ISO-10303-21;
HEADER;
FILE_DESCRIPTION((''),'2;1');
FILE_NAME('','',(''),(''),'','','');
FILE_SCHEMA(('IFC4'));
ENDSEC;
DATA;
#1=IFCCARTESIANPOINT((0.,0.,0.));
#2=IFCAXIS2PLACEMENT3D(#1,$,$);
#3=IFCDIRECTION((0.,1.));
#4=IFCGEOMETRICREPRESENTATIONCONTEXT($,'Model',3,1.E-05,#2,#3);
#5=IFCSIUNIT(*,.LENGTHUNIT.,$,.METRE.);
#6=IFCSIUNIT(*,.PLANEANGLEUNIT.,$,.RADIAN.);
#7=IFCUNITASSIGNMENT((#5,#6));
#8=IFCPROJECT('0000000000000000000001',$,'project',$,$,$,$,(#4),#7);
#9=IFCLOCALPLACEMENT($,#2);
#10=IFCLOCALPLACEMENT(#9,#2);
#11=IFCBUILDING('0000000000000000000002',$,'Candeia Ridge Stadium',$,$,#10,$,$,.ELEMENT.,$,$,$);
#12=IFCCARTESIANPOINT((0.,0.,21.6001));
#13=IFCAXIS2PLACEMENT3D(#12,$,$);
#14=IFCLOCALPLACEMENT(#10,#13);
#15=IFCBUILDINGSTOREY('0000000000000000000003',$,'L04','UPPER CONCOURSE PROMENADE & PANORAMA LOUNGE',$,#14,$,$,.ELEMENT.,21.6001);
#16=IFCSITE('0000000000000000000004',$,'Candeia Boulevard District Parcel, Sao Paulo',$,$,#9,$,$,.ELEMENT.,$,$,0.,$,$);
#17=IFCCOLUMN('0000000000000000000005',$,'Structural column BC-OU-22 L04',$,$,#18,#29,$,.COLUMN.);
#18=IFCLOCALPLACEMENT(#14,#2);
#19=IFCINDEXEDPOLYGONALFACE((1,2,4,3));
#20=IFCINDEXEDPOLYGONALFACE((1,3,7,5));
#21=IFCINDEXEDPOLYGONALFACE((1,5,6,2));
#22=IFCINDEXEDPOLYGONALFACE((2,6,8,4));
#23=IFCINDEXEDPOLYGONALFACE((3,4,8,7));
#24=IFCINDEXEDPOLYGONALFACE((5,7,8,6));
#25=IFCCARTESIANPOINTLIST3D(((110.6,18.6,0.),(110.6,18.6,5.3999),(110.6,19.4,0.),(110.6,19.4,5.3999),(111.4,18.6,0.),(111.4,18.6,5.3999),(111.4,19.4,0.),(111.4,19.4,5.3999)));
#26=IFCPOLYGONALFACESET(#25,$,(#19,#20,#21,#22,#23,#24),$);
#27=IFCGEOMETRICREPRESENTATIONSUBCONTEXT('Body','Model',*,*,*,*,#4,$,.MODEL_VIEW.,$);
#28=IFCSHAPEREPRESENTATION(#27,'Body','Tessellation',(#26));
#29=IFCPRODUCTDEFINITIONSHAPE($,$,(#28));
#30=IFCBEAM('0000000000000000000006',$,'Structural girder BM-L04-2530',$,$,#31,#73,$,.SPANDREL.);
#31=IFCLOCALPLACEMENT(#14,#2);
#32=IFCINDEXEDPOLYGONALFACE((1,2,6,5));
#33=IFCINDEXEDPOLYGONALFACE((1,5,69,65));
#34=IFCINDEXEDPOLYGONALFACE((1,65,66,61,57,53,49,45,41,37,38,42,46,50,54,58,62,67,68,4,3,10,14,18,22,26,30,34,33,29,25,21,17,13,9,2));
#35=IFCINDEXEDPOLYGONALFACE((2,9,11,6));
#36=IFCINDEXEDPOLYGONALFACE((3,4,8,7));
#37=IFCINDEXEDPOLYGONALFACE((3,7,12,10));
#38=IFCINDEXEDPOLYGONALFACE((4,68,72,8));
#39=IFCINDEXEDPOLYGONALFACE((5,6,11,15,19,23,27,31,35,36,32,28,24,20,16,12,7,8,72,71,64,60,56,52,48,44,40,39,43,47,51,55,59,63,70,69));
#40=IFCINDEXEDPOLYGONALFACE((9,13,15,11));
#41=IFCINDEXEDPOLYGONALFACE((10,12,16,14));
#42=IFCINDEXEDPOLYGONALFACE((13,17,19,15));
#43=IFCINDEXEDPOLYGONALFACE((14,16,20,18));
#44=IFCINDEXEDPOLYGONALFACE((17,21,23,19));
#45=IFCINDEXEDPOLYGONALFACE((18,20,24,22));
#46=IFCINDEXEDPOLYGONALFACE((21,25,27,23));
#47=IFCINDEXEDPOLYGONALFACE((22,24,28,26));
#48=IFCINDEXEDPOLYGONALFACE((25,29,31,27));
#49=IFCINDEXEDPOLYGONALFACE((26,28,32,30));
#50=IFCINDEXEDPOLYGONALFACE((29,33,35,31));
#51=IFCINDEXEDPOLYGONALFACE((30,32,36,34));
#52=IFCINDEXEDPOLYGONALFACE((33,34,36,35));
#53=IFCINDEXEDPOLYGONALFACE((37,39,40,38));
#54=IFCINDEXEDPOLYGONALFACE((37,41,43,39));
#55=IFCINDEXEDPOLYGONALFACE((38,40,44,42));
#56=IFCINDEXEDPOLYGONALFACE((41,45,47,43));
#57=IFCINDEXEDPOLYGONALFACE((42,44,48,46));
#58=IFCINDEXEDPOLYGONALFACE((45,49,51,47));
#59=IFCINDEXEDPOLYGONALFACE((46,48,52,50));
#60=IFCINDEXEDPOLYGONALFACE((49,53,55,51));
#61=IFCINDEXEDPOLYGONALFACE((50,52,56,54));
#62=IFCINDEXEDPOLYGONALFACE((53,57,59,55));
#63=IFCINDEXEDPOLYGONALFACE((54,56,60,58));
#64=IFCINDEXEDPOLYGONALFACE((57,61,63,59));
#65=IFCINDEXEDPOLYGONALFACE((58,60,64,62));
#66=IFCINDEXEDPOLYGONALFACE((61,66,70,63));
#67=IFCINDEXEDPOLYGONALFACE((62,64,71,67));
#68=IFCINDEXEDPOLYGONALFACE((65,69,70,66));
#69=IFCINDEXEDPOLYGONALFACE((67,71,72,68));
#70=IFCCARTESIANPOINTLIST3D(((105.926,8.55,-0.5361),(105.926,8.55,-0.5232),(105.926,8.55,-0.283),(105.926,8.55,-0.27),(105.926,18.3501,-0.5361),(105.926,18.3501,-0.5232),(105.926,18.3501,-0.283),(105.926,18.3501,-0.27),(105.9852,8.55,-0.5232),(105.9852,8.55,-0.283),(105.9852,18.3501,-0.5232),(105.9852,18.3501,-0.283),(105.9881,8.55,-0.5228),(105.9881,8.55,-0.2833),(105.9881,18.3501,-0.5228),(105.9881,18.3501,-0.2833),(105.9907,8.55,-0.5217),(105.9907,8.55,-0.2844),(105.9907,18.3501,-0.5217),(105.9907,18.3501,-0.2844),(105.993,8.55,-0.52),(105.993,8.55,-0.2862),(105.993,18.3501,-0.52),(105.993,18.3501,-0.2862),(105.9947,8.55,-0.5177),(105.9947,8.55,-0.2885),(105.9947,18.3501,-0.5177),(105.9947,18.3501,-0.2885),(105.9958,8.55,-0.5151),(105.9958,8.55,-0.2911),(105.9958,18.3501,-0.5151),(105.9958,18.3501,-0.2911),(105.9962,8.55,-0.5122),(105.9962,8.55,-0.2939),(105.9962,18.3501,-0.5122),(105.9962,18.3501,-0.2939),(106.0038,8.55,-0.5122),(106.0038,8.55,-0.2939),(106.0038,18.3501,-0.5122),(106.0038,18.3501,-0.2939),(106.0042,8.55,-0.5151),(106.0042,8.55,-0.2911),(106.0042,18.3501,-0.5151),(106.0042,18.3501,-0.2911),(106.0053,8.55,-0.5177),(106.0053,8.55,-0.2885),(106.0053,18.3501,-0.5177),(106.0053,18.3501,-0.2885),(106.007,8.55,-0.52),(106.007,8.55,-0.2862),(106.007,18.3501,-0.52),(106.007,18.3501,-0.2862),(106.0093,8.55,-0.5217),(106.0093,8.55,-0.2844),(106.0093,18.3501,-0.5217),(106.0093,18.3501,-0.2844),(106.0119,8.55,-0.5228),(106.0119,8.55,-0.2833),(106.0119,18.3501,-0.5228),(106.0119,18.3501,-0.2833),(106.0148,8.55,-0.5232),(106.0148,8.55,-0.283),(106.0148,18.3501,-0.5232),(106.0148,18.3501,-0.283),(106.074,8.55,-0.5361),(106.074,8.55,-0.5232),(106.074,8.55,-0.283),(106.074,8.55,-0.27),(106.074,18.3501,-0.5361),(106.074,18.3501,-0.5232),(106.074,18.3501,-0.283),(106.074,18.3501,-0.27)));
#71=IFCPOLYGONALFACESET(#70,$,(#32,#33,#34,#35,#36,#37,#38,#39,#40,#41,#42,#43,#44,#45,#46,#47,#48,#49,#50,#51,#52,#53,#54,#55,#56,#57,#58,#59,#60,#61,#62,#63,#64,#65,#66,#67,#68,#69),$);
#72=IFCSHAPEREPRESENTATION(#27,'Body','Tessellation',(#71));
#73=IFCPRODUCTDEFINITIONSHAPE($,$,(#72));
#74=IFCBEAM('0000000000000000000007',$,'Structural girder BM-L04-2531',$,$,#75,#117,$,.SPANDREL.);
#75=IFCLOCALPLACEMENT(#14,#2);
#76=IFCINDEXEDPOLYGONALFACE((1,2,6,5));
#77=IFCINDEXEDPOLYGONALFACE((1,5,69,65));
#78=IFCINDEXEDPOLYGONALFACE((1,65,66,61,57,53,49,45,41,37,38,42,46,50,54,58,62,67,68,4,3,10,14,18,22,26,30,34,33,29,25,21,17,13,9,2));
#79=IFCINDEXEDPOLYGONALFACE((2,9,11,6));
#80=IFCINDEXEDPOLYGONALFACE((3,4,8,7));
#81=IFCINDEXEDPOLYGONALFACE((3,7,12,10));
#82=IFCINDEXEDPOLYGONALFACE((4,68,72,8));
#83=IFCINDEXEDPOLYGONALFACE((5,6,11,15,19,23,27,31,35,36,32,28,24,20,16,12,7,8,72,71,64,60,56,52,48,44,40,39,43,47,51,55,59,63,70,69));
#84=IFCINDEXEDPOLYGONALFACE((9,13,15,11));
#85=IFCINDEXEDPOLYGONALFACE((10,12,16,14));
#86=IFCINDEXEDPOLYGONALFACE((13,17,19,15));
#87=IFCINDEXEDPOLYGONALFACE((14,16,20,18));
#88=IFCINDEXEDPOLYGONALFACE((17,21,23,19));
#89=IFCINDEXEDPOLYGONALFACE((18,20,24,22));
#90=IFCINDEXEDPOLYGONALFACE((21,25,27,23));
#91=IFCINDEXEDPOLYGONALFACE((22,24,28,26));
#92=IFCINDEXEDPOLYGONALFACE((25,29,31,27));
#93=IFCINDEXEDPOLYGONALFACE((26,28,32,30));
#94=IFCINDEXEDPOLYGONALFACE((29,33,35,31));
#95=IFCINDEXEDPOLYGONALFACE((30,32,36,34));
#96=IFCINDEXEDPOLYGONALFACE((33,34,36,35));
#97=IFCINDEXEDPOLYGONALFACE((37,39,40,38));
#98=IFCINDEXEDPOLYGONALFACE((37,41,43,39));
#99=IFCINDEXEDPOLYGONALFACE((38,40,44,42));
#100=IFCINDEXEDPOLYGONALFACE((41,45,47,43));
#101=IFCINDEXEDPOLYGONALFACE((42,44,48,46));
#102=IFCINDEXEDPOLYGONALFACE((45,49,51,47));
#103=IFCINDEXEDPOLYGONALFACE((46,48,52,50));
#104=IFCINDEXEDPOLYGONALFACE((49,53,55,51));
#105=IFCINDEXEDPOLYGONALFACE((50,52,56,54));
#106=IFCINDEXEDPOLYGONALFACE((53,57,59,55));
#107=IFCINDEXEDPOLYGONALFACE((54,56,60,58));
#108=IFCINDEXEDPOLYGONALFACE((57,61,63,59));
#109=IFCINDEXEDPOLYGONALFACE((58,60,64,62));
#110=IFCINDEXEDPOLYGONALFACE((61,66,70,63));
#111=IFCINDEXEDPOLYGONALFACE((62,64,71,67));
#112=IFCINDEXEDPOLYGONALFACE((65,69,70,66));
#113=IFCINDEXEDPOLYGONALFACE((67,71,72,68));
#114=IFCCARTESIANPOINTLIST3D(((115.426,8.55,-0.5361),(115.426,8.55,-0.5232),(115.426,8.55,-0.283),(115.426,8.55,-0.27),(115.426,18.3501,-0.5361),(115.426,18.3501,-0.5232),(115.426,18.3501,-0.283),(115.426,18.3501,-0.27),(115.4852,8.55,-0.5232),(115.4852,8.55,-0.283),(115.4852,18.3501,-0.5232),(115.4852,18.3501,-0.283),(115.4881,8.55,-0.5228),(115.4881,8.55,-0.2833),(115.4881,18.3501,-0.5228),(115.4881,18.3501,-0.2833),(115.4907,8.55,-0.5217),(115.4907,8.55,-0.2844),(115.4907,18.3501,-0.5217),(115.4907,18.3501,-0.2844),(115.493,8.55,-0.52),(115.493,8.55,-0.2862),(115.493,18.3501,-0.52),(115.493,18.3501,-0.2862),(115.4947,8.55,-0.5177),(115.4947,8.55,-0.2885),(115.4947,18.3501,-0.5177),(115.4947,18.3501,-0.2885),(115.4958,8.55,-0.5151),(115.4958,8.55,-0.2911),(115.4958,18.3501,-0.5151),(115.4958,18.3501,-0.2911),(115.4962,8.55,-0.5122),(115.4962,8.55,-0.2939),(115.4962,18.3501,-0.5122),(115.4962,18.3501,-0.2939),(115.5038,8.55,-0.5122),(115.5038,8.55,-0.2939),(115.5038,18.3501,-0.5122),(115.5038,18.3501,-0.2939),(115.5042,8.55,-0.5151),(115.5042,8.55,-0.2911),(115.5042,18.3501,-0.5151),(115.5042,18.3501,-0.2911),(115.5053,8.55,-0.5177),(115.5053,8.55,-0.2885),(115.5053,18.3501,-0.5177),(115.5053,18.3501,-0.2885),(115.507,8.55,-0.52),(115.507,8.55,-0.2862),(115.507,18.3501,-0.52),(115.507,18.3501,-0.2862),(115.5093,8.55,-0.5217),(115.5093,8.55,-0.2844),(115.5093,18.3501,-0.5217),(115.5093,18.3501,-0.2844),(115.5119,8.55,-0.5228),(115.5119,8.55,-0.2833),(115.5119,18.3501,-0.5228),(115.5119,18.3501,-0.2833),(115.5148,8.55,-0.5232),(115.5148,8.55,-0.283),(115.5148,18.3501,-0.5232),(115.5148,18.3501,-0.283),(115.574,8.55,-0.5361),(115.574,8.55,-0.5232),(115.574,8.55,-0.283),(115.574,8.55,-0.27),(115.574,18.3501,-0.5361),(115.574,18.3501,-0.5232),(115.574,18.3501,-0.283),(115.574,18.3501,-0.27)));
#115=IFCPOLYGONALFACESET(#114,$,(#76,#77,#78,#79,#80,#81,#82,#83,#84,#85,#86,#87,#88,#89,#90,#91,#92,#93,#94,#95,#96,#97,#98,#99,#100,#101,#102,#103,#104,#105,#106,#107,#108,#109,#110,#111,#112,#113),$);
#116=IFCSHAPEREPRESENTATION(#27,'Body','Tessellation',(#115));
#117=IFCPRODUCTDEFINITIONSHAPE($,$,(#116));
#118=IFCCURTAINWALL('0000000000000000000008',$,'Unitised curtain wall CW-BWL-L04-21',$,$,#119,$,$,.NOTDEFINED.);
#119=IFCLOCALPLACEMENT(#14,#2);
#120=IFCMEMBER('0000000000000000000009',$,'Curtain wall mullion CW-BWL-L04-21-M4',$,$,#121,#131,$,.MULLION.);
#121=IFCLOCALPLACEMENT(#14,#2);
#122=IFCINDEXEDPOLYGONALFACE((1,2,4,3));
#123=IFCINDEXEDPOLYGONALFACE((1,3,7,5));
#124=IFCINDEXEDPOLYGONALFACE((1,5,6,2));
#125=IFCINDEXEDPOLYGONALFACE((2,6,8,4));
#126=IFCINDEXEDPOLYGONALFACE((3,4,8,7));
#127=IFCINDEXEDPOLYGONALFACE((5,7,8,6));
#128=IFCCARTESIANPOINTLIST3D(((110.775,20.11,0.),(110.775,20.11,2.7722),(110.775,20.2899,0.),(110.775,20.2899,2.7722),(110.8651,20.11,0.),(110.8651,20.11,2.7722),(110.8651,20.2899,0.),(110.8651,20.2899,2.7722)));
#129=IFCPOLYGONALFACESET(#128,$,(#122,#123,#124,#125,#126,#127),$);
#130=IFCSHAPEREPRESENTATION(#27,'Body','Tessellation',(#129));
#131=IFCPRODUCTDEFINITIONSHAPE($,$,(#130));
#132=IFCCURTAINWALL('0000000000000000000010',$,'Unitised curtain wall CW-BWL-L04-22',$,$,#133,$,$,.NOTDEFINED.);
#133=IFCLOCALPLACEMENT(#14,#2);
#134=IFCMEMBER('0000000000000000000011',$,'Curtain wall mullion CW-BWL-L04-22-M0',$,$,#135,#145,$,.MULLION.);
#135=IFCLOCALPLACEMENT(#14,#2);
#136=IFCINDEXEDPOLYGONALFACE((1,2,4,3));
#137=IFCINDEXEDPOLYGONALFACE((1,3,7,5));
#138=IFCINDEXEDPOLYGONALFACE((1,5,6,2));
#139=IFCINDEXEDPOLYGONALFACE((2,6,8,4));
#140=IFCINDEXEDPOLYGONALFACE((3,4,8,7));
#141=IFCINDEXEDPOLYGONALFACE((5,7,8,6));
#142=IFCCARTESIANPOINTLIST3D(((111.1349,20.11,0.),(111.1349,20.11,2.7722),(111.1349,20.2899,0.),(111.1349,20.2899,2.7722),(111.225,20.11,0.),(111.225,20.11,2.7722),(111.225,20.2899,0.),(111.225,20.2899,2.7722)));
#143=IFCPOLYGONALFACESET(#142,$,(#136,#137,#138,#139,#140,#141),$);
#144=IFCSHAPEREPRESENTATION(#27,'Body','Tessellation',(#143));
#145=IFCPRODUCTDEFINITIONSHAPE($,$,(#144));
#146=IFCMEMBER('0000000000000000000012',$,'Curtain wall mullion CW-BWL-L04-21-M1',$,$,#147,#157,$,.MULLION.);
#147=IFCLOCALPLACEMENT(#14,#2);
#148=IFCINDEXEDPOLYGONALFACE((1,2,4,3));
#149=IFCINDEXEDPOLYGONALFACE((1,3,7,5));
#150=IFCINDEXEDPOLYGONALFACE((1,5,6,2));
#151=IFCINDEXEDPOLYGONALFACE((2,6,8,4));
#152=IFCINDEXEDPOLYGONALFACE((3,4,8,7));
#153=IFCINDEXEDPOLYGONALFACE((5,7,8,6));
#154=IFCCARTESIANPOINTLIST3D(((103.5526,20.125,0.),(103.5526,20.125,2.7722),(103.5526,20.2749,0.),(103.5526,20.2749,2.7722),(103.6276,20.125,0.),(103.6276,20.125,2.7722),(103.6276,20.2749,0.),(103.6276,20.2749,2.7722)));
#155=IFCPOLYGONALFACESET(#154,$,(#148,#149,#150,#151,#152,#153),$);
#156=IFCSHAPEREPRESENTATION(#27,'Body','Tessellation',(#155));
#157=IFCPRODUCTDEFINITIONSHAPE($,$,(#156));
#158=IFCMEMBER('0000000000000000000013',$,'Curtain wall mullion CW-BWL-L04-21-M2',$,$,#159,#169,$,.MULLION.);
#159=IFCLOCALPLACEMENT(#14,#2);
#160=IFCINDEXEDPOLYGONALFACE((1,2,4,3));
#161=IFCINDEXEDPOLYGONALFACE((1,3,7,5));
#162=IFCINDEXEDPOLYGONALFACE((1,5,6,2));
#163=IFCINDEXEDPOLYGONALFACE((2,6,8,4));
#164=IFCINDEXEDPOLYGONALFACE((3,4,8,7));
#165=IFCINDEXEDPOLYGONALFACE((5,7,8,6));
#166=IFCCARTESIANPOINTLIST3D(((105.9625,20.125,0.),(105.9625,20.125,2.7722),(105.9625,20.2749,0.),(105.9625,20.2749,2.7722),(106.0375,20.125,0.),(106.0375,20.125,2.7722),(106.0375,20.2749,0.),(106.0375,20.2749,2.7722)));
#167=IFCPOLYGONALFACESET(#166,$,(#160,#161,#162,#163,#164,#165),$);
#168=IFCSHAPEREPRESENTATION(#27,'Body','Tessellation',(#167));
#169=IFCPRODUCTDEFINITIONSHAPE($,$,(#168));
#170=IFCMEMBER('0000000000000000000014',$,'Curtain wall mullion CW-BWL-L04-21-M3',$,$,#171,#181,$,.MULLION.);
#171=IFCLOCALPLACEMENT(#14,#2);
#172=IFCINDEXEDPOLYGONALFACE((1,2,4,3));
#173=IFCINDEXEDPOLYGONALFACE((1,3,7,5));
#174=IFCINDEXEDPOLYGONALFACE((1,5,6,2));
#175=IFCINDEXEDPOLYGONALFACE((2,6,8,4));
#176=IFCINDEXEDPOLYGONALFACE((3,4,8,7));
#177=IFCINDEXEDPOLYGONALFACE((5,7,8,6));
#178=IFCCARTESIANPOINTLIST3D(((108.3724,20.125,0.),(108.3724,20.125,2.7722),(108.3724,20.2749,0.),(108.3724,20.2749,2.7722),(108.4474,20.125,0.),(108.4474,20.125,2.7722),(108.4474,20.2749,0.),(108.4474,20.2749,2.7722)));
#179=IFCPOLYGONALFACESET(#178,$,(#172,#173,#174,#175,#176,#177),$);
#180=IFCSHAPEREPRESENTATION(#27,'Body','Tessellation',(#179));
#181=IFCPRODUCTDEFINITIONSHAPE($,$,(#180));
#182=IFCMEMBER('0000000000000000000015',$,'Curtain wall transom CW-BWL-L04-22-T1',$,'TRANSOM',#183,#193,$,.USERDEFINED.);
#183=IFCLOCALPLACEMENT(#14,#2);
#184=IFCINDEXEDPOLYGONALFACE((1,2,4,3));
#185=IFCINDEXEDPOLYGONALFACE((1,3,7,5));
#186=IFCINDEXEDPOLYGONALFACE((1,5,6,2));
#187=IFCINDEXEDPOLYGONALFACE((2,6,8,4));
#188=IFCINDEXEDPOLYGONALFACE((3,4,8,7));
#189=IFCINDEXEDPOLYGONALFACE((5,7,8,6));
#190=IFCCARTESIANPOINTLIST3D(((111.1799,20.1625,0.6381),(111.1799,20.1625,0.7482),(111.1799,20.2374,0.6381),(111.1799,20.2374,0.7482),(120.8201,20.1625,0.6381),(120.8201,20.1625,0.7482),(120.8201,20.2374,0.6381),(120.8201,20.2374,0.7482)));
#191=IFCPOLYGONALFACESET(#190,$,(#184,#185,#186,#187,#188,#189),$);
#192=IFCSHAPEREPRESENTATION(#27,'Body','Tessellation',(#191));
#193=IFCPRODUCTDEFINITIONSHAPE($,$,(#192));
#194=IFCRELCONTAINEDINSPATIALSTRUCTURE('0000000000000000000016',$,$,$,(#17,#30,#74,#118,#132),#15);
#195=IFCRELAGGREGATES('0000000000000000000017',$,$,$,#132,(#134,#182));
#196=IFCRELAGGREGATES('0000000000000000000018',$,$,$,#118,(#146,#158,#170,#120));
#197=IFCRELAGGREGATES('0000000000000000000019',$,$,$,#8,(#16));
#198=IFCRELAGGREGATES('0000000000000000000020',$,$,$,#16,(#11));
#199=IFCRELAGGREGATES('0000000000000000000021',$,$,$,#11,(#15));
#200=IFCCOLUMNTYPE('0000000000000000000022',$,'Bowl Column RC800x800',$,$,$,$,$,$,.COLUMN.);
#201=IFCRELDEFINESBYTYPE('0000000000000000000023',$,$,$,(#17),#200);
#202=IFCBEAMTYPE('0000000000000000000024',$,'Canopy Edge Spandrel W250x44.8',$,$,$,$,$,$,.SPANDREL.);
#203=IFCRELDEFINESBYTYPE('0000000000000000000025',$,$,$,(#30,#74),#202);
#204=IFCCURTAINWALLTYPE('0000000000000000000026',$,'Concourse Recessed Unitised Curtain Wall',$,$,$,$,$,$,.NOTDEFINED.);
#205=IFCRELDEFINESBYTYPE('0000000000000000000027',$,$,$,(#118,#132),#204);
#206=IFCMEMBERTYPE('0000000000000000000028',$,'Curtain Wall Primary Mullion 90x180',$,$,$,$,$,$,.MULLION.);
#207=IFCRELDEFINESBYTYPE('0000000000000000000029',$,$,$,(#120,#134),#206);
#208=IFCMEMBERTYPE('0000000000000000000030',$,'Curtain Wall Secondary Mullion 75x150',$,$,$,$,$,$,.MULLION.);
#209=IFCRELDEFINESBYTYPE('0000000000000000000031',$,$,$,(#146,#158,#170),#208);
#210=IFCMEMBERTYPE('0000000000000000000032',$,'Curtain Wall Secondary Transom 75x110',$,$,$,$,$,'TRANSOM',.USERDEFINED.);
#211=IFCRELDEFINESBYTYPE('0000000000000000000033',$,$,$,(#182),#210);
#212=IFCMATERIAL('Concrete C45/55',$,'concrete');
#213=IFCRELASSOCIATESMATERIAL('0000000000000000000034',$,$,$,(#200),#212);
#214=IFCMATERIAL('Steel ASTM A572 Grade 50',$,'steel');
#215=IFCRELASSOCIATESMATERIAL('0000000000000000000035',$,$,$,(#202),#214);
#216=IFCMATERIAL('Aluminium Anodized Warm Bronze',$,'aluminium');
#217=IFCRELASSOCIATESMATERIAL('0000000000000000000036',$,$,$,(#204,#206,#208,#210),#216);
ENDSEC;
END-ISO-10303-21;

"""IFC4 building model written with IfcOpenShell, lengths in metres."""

from ifc_helpers import new_model, si_unit, direction, frame, origin, origin_2d, place, context, subcontext, project, spatial, rectangle, i_section, extrude, material, material_profile, profile_set, type_object, element, aggregate, save


model = new_model("IFC4")

# Units and contexts
model_context = context("Model", 3, precision=1e-05, world=origin(), true_north=direction((0.0, 1.0)))
body_context = subcontext(model_context, "Body", "Model", "MODEL_VIEW")
ifc_project = project(units=[si_unit("LENGTHUNIT", "METRE"), si_unit("PLANEANGLEUNIT", "RADIAN")], contexts=[model_context])

# Site, building, storey
site_placement = place(None, origin())
site = spatial("IfcSite", under=ifc_project, at=site_placement, Name="Candeia Boulevard District Parcel, Sao Paulo", CompositionType="ELEMENT", RefElevation=0.0)
building_placement = place(site_placement, origin())
building = spatial("IfcBuilding", under=site, at=building_placement, Name="Candeia Ridge Stadium", CompositionType="ELEMENT")
storey_placement = place(building_placement, frame((0.0, 0.0, 21.6001)))
storey = spatial("IfcBuildingStorey", under=building, at=storey_placement, Name="L04", Description="UPPER CONCOURSE PROMENADE & PANORAMA LOUNGE", CompositionType="ELEMENT", Elevation=21.6001)

# Column
ifc_material_1 = material(Name="Concrete C45/55", Category="concrete")
ifc_material_profile_1 = material_profile(ifc_material_1, rectangle(XDim=0.8, YDim=0.8, at=origin_2d()), Name="RC800x800", Category="concrete")
ifc_profile_set_1 = profile_set([ifc_material_profile_1], Name="Concrete C45/55")
column_type = type_object("IfcColumnType", Name="Bowl Column RC800x800", PredefinedType="COLUMN", material=ifc_profile_set_1)
column_placement = place(storey_placement, frame((111.0, 19.0, 0.0), z_axis=(0.0, 0.0, 1.0), x_axis=(1.0, 0.0, 0.0)))
element("IfcColumn", 1, at=column_placement, inside=storey, type_object=column_type, Name="Structural column BC-OU-22 L04", PredefinedType="COLUMN", context=body_context, shape_type="SweptSolid", body=[
    extrude(rectangle(XDim=0.8, YDim=0.8, at=origin_2d()), origin(), (0.0, 0.0, 1.0), 5.3999),
])

# Beams
ifc_material_2 = material(Name="Steel ASTM A572 Grade 50", Category="steel")
ifc_material_profile_2 = material_profile(ifc_material_2, i_section(OverallWidth=0.1479, OverallDepth=0.2661, WebThickness=0.0076, FlangeThickness=0.0129, FilletRadius=0.011, at=origin_2d()), Name="W250x44.8", Category="steel")
ifc_profile_set_2 = profile_set([ifc_material_profile_2], Name="Steel ASTM A572 Grade 50")
beam_type_1 = type_object("IfcBeamType", Name="Canopy Edge Spandrel W250x44.8", PredefinedType="SPANDREL", material=ifc_profile_set_2)
for number, where, z_axis, x_axis, name in (
    (2, (106.0, 8.55, -0.4031), (0.0, 1.0, 0.0), (-1.0, 0.0, 0.0), "Structural girder BM-L04-2530"),
    (3, (115.5, 8.55, -0.4031), (0.0, 1.0, 0.0), (-1.0, 0.0, 0.0), "Structural girder BM-L04-2531"),
):
    element("IfcBeam", number, at=place(storey_placement, frame(where, z_axis=z_axis, x_axis=x_axis)), inside=storey, type_object=beam_type_1, Name=name, PredefinedType="SPANDREL", context=body_context, shape_type="SweptSolid", body=[
        extrude(i_section(OverallWidth=0.1479, OverallDepth=0.2661, WebThickness=0.0076, FlangeThickness=0.0129, FilletRadius=0.011, at=origin_2d()), origin(), (0.0, 0.0, 1.0), 9.8),
    ])

# Curtain walls, members
ifc_material_3 = material(Name="Aluminium Anodized Warm Bronze", Category="aluminium")
curtain_wall_type = type_object("IfcCurtainWallType", Name="Concourse Recessed Unitised Curtain Wall", PredefinedType="NOTDEFINED", material=ifc_material_3)
curtain_wall_1_placement = place(storey_placement, origin())
curtain_wall_1 = element("IfcCurtainWall", 4, at=curtain_wall_1_placement, inside=storey, type_object=curtain_wall_type, Name="Unitised curtain wall CW-BWL-L04-21", PredefinedType="NOTDEFINED")
ifc_material_profile_3 = material_profile(ifc_material_3, rectangle(XDim=0.0901, YDim=0.1799, at=origin_2d()), Name="CWM-90x180", Category="aluminium")
ifc_profile_set_3 = profile_set([ifc_material_profile_3], Name="Aluminium Anodized Warm Bronze")
member_type_1 = type_object("IfcMemberType", Name="Curtain Wall Primary Mullion 90x180", PredefinedType="MULLION", material=ifc_profile_set_3)
member_1_placement = place(storey_placement, frame((110.8201, 20.2, 0.0), z_axis=(0.0, 0.0, 1.0), x_axis=(1.0, 0.0, 0.0)))
member_1 = element("IfcMember", 5, at=member_1_placement, type_object=member_type_1, Name="Curtain wall mullion CW-BWL-L04-21-M4", PredefinedType="MULLION", context=body_context, shape_type="SweptSolid", body=[
    extrude(rectangle(XDim=0.0901, YDim=0.1799, at=origin_2d()), origin(), (0.0, 0.0, 1.0), 2.7722),
])
curtain_wall_2_placement = place(storey_placement, origin())
curtain_wall_2 = element("IfcCurtainWall", 6, at=curtain_wall_2_placement, inside=storey, type_object=curtain_wall_type, Name="Unitised curtain wall CW-BWL-L04-22", PredefinedType="NOTDEFINED")
member_2_placement = place(storey_placement, frame((111.1799, 20.2, 0.0), z_axis=(0.0, 0.0, 1.0), x_axis=(1.0, 0.0, 0.0)))
member_2 = element("IfcMember", 7, at=member_2_placement, type_object=member_type_1, Name="Curtain wall mullion CW-BWL-L04-22-M0", PredefinedType="MULLION", context=body_context, shape_type="SweptSolid", body=[
    extrude(rectangle(XDim=0.0901, YDim=0.1799, at=origin_2d()), origin(), (0.0, 0.0, 1.0), 2.7722),
])

# Members
ifc_material_profile_4 = material_profile(ifc_material_3, rectangle(XDim=0.075, YDim=0.1499, at=origin_2d()), Name="CWM-75x150", Category="aluminium")
ifc_profile_set_4 = profile_set([ifc_material_profile_4], Name="Aluminium Anodized Warm Bronze")
member_type_2 = type_object("IfcMemberType", Name="Curtain Wall Secondary Mullion 75x150", PredefinedType="MULLION", material=ifc_profile_set_4)
member_3_placement = place(storey_placement, frame((103.5901, 20.2, 0.0), z_axis=(0.0, 0.0, 1.0), x_axis=(1.0, 0.0, 0.0)))
member_3 = element("IfcMember", 8, at=member_3_placement, type_object=member_type_2, Name="Curtain wall mullion CW-BWL-L04-21-M1", PredefinedType="MULLION", context=body_context, shape_type="SweptSolid", body=[
    extrude(rectangle(XDim=0.075, YDim=0.1499, at=origin_2d()), origin(), (0.0, 0.0, 1.0), 2.7722),
])
member_4_placement = place(storey_placement, frame((106.0, 20.2, 0.0), z_axis=(0.0, 0.0, 1.0), x_axis=(1.0, 0.0, 0.0)))
member_4 = element("IfcMember", 9, at=member_4_placement, type_object=member_type_2, Name="Curtain wall mullion CW-BWL-L04-21-M2", PredefinedType="MULLION", context=body_context, shape_type="SweptSolid", body=[
    extrude(rectangle(XDim=0.075, YDim=0.1499, at=origin_2d()), origin(), (0.0, 0.0, 1.0), 2.7722),
])
member_5_placement = place(storey_placement, frame((108.4099, 20.2, 0.0), z_axis=(0.0, 0.0, 1.0), x_axis=(1.0, 0.0, 0.0)))
member_5 = element("IfcMember", 10, at=member_5_placement, type_object=member_type_2, Name="Curtain wall mullion CW-BWL-L04-21-M3", PredefinedType="MULLION", context=body_context, shape_type="SweptSolid", body=[
    extrude(rectangle(XDim=0.075, YDim=0.1499, at=origin_2d()), origin(), (0.0, 0.0, 1.0), 2.7722),
])
ifc_material_profile_5 = material_profile(ifc_material_3, rectangle(XDim=0.075, YDim=0.1101, at=origin_2d()), Name="CWT-75x110", Category="aluminium")
ifc_profile_set_5 = profile_set([ifc_material_profile_5], Name="Aluminium Anodized Warm Bronze")
member_type_3 = type_object("IfcMemberType", Name="Curtain Wall Secondary Transom 75x110", ElementType="TRANSOM", PredefinedType="USERDEFINED", material=ifc_profile_set_5)
member_6_placement = place(storey_placement, frame((111.1799, 20.2, 0.6931), z_axis=(1.0, 0.0, 0.0), x_axis=(0.0, 1.0, 0.0)))
member_6 = element("IfcMember", 11, at=member_6_placement, type_object=member_type_3, Name="Curtain wall transom CW-BWL-L04-22-T1", ObjectType="TRANSOM", PredefinedType="USERDEFINED", context=body_context, shape_type="SweptSolid", body=[
    extrude(rectangle(XDim=0.075, YDim=0.1101, at=origin_2d()), origin(), (0.0, 0.0, 1.0), 9.6401),
])

aggregate(curtain_wall_2, [member_2, member_6])
aggregate(curtain_wall_1, [member_3, member_4, member_5, member_1])

save(model, "model.ifc")
